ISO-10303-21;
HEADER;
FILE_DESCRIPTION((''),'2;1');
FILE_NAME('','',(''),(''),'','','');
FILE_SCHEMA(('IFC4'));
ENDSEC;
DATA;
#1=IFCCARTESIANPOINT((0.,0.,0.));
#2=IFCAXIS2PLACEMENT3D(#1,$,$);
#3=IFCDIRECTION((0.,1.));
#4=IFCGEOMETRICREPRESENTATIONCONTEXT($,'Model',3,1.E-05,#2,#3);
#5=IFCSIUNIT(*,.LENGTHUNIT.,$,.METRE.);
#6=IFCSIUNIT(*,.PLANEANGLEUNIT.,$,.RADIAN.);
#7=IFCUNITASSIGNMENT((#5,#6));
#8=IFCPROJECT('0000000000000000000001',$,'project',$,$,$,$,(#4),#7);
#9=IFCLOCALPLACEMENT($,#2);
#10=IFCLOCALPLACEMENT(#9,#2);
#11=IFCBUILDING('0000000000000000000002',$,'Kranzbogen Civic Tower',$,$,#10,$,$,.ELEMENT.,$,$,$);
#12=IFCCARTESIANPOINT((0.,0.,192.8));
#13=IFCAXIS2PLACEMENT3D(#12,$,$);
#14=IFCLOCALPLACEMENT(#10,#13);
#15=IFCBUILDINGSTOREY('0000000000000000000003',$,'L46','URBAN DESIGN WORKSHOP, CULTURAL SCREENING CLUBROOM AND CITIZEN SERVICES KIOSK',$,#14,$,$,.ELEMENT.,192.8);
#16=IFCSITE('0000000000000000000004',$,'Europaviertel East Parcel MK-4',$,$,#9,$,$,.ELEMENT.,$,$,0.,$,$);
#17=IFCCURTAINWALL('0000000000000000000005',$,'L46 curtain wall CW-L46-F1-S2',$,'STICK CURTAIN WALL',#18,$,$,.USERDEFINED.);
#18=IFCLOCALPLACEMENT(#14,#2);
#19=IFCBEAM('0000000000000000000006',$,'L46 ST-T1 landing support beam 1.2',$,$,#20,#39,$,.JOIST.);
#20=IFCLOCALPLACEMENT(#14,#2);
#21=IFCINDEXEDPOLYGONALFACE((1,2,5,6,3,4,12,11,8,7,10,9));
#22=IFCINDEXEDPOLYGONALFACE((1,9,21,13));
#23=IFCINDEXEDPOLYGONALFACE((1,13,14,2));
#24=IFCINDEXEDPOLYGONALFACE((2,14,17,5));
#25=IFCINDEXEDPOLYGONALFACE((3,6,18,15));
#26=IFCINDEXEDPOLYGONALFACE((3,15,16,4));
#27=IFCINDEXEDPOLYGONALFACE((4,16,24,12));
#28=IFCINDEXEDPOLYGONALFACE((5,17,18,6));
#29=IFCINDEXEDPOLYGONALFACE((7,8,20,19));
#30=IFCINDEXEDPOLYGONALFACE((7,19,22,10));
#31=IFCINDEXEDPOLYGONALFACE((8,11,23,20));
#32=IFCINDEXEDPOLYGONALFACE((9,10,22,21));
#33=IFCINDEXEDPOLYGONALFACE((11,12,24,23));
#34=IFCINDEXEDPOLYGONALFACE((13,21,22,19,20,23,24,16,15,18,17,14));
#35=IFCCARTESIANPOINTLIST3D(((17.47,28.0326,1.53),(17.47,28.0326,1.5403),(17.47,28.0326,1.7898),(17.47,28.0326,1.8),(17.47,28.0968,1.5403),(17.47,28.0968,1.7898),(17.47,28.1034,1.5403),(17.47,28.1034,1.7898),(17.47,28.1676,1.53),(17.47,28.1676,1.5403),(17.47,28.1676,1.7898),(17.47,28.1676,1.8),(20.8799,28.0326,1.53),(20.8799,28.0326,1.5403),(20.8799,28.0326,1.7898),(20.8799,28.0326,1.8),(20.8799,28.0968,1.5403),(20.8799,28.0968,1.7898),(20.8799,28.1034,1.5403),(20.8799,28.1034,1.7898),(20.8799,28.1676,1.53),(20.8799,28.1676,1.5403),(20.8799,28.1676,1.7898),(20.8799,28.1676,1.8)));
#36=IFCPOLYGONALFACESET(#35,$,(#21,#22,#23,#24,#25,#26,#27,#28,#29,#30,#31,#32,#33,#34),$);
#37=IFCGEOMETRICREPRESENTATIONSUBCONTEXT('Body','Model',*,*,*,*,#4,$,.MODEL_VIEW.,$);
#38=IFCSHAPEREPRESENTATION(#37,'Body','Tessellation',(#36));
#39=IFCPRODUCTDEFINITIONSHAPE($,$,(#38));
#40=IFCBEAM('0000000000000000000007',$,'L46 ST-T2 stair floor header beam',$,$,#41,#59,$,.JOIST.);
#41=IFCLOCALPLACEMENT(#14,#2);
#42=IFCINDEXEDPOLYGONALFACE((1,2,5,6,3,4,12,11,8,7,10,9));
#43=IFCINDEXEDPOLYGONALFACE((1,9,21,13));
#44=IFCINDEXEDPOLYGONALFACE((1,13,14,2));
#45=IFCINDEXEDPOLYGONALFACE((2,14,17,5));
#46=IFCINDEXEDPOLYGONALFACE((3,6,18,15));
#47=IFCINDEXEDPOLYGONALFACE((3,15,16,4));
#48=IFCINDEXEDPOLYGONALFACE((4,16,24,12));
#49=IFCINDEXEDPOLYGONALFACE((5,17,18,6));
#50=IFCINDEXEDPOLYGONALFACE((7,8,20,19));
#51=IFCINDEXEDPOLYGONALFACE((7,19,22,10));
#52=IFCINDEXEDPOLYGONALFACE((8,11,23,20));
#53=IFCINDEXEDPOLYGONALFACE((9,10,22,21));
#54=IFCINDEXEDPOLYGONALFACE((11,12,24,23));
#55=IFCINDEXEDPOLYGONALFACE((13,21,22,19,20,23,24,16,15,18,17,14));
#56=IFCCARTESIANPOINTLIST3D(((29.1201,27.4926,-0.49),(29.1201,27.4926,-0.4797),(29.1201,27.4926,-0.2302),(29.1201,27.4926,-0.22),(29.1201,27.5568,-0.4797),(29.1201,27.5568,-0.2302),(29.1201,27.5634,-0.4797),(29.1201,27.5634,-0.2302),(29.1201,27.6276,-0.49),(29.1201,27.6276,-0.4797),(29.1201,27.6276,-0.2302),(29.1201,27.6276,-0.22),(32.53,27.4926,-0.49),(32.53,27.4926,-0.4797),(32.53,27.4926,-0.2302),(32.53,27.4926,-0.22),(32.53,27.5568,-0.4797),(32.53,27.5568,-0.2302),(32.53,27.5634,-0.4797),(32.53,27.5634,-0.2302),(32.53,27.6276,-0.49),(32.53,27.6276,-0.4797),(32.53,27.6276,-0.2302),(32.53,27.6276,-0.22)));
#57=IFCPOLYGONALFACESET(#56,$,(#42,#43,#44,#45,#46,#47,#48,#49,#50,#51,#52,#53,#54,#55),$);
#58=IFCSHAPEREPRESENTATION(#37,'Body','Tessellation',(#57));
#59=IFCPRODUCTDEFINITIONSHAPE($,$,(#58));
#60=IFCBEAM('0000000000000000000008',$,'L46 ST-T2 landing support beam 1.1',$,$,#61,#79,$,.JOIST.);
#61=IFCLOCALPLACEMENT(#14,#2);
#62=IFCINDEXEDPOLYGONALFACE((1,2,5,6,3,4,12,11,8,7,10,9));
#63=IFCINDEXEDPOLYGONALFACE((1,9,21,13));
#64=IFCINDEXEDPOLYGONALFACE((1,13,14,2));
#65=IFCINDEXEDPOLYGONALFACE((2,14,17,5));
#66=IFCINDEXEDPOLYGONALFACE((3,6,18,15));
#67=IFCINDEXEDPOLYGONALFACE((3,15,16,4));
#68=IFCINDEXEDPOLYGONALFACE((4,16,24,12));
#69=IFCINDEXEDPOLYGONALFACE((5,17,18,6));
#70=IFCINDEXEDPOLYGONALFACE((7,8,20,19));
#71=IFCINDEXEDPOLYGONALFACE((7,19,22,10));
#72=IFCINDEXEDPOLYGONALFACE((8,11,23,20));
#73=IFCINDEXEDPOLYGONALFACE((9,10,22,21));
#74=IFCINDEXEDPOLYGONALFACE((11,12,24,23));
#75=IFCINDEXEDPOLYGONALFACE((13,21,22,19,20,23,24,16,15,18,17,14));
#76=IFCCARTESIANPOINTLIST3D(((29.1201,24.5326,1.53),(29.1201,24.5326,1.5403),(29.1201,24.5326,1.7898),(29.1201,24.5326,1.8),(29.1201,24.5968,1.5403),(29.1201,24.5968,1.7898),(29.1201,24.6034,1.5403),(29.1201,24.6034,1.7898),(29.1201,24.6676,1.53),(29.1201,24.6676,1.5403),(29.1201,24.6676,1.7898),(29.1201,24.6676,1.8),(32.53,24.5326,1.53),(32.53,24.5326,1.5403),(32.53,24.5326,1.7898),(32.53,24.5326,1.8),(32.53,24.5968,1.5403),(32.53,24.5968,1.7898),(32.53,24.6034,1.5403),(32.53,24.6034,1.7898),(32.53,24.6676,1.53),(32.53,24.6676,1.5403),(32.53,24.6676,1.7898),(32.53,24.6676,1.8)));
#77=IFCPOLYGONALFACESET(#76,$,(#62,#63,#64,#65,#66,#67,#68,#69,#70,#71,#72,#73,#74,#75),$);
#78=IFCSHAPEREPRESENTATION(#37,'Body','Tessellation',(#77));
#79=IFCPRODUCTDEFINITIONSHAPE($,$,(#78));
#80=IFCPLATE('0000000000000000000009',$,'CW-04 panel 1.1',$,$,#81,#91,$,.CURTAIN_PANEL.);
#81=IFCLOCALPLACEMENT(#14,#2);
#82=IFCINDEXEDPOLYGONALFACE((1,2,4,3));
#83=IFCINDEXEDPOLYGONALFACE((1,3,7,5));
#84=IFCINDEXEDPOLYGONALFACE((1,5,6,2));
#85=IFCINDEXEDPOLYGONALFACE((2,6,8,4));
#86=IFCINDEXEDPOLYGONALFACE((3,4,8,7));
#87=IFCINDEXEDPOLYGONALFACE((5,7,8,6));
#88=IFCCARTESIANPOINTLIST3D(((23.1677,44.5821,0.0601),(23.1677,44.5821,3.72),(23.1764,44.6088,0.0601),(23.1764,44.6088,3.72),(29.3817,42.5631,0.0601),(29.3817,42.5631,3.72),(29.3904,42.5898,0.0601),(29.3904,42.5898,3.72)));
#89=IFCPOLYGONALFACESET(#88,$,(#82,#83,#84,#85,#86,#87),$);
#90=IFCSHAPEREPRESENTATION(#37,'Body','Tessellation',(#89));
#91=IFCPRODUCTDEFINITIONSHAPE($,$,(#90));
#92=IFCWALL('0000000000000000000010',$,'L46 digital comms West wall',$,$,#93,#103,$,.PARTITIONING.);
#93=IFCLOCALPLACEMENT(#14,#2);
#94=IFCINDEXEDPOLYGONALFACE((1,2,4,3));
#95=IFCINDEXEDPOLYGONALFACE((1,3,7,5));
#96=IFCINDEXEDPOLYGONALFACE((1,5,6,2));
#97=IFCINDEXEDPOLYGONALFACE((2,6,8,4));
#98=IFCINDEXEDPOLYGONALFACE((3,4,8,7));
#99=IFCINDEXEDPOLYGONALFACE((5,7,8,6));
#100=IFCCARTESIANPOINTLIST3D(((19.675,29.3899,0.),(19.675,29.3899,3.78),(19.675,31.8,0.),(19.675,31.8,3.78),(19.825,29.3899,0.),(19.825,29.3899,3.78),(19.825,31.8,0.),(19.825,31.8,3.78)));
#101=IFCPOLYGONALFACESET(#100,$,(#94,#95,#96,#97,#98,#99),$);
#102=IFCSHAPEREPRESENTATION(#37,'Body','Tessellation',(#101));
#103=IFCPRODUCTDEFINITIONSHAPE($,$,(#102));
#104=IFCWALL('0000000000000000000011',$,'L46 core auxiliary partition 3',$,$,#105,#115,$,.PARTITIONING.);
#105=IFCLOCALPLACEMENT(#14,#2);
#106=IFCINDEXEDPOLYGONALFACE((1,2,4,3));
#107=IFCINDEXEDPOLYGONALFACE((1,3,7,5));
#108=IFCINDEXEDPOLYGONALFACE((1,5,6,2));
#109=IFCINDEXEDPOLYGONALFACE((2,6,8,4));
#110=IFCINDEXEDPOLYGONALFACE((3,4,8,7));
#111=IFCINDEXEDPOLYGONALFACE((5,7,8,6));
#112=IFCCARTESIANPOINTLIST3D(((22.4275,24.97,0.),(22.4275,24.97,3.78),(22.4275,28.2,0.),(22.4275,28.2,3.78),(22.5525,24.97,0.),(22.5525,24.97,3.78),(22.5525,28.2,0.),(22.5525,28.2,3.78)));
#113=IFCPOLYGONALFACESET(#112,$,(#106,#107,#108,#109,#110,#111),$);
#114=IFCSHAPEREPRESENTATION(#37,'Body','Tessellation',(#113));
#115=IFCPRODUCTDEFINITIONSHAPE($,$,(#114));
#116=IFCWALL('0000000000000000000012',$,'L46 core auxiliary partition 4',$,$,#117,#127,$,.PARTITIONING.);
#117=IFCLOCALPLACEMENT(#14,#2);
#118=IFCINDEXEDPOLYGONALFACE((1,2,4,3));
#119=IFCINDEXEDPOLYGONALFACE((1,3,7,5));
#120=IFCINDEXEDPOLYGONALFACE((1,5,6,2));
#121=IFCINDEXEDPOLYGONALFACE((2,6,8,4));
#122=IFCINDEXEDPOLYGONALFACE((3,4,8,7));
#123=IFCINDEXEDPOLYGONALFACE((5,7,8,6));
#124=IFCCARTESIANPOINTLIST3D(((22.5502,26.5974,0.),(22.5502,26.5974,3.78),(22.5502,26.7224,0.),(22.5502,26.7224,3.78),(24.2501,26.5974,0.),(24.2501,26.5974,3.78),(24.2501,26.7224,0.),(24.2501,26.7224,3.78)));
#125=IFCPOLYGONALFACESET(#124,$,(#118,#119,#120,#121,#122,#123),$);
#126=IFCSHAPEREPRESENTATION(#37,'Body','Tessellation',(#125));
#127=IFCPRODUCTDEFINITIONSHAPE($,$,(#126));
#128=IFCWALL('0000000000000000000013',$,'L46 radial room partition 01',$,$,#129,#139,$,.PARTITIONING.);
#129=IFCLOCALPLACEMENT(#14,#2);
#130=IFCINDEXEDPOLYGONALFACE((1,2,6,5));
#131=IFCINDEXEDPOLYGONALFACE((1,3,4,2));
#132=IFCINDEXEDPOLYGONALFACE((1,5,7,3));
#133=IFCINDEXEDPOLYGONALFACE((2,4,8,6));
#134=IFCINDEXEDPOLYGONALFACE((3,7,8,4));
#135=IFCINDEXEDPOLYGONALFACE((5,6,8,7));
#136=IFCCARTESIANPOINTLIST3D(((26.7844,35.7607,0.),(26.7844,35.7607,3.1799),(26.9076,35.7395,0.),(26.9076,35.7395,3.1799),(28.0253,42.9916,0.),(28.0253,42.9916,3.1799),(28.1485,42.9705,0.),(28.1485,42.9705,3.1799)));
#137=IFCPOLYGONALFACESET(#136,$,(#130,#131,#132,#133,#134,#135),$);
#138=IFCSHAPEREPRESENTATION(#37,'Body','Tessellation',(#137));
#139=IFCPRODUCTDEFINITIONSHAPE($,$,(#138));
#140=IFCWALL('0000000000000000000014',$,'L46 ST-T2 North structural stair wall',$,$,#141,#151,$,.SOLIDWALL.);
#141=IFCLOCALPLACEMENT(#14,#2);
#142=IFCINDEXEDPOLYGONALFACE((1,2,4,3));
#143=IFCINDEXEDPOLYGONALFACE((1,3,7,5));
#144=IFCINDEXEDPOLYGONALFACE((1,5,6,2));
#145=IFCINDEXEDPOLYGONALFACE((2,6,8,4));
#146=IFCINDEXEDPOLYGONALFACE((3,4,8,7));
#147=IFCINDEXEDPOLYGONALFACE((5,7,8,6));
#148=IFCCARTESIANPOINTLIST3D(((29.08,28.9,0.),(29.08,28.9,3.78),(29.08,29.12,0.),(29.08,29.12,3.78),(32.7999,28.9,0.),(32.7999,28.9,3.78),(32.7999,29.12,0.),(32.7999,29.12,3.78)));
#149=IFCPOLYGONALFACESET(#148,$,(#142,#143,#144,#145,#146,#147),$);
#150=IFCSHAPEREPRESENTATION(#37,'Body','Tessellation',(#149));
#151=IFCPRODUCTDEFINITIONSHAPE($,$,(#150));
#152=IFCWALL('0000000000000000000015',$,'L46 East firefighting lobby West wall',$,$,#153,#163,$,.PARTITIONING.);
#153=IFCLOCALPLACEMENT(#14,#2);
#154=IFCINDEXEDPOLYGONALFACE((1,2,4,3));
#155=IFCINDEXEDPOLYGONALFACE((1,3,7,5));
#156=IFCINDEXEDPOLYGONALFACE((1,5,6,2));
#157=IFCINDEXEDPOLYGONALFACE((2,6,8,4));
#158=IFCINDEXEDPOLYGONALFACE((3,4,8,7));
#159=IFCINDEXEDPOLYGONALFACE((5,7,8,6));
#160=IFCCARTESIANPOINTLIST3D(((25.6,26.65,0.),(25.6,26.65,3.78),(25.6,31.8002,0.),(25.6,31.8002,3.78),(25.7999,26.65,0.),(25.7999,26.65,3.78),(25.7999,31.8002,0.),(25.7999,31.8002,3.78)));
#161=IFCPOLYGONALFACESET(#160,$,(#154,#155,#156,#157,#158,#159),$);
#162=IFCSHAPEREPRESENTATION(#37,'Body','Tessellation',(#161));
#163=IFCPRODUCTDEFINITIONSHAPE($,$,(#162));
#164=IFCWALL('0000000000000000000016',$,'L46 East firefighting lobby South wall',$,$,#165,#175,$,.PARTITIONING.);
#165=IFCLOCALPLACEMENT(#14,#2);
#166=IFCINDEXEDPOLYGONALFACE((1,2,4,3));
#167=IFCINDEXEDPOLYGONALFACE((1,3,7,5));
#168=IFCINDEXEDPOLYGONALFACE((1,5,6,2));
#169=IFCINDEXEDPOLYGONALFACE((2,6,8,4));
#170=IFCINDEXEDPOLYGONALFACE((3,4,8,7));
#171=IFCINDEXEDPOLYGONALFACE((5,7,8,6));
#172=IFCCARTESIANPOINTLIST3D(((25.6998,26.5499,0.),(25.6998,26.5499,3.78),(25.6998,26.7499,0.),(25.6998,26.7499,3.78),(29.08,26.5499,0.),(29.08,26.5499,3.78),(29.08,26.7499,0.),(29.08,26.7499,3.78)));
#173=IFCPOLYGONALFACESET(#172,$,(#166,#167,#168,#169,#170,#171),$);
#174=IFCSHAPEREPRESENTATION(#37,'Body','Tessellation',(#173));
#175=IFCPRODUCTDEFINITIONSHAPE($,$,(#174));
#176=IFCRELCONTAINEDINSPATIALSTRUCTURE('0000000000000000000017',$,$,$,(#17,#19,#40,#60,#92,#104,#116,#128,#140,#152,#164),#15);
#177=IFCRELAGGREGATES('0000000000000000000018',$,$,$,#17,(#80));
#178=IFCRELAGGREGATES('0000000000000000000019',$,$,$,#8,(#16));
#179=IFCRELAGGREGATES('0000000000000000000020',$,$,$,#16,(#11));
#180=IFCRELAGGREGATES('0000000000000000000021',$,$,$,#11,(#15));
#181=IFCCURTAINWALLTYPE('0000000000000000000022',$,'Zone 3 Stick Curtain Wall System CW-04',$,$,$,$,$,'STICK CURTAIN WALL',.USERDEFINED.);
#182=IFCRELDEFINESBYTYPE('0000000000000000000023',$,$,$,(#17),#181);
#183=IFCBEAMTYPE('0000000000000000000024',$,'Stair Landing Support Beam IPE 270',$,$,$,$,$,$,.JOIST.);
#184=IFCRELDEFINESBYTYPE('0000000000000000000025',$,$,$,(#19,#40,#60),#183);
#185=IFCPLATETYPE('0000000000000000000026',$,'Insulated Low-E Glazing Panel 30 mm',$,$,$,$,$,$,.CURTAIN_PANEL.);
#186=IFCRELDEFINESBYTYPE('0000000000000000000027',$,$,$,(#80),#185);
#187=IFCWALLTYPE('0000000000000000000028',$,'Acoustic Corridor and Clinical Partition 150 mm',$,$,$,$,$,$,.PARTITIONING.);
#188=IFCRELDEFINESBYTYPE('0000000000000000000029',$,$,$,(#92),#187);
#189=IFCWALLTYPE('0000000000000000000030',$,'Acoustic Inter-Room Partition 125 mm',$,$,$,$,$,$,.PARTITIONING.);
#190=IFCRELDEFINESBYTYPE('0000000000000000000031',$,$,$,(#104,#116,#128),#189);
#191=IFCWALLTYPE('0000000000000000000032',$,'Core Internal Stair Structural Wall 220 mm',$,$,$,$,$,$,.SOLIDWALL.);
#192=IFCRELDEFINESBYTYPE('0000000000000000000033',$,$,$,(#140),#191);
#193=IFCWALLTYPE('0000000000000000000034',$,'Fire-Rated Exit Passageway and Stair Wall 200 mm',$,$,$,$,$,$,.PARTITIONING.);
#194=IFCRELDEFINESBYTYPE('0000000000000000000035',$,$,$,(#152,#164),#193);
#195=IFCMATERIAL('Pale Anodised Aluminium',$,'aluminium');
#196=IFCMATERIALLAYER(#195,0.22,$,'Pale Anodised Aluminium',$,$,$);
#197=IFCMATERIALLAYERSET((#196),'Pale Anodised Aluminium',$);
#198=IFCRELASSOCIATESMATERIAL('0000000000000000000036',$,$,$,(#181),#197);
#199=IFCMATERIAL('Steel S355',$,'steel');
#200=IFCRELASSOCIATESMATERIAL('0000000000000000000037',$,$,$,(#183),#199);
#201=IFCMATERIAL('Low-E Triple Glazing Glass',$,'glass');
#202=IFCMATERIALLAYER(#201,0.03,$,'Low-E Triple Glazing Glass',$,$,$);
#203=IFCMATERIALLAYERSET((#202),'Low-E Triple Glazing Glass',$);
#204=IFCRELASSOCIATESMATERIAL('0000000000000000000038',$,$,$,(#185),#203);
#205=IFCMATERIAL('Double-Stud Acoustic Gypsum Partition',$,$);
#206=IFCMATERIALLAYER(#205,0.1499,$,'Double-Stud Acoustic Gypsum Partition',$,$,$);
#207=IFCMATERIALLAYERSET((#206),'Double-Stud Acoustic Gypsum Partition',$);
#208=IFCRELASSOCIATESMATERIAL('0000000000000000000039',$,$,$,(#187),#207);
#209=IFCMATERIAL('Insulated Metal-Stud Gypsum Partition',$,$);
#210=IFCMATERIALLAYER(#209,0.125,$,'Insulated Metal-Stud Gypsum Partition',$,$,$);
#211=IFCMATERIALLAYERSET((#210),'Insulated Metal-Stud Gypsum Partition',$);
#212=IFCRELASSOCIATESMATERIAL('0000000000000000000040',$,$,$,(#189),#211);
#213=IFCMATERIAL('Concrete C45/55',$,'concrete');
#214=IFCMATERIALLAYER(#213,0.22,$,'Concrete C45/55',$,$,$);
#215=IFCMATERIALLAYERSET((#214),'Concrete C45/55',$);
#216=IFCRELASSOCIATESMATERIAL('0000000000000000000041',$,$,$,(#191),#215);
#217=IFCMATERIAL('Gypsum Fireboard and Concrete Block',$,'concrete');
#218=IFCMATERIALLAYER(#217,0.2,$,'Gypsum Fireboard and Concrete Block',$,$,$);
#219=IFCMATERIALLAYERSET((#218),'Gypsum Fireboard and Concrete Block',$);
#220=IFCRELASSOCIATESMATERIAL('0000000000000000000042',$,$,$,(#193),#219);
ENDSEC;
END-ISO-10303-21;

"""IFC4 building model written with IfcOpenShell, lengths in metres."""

from ifc_helpers import new_model, si_unit, direction, frame, frame_2d, origin, origin_2d, place, context, subcontext, project, spatial, rectangle, i_section, extrude, material, layer, layer_set, material_profile, profile_set, type_object, element, aggregate, save


model = new_model("IFC4")

# Units and contexts
model_context = context("Model", 3, precision=1e-05, world=origin(), true_north=direction((0.0, 1.0)))
body_context = subcontext(model_context, "Body", "Model", "MODEL_VIEW")
ifc_project = project(units=[si_unit("LENGTHUNIT", "METRE"), si_unit("PLANEANGLEUNIT", "RADIAN")], contexts=[model_context])

# Site, building, storey
site_placement = place(None, origin())
site = spatial("IfcSite", under=ifc_project, at=site_placement, Name="Europaviertel East Parcel MK-4", CompositionType="ELEMENT", RefElevation=0.0)
building_placement = place(site_placement, origin())
building = spatial("IfcBuilding", under=site, at=building_placement, Name="Kranzbogen Civic Tower", CompositionType="ELEMENT")
storey_placement = place(building_placement, frame((0.0, 0.0, 192.8)))
storey = spatial("IfcBuildingStorey", under=building, at=storey_placement, Name="L46", Description="URBAN DESIGN WORKSHOP, CULTURAL SCREENING CLUBROOM AND CITIZEN SERVICES KIOSK", CompositionType="ELEMENT", Elevation=192.8)

# Shared definitions
ifc_material_1 = material(Name="Steel S355", Category="steel")

# Curtain wall
ifc_material_2 = material(Name="Pale Anodised Aluminium", Category="aluminium")
ifc_layer_1 = layer(ifc_material_2, 0.22, Name="Pale Anodised Aluminium")
ifc_layer_set_1 = layer_set([ifc_layer_1], Name="Pale Anodised Aluminium")
curtain_wall_type = type_object("IfcCurtainWallType", Name="Zone 3 Stick Curtain Wall System CW-04", ElementType="STICK CURTAIN WALL", PredefinedType="USERDEFINED", material=ifc_layer_set_1)
curtain_wall_placement = place(storey_placement, origin())
curtain_wall = element("IfcCurtainWall", 1, at=curtain_wall_placement, inside=storey, type_object=curtain_wall_type, Name="L46 curtain wall CW-L46-F1-S2", ObjectType="STICK CURTAIN WALL", PredefinedType="USERDEFINED")

# Beams
ifc_material_profile_1 = material_profile(ifc_material_1, i_section(OverallWidth=0.135, OverallDepth=0.27, WebThickness=0.0066, FlangeThickness=0.0103, at=origin_2d()), Name="IPE 270")
ifc_profile_set_1 = profile_set([ifc_material_profile_1], Name="Steel S355")
beam_type_1 = type_object("IfcBeamType", Name="Stair Landing Support Beam IPE 270", PredefinedType="JOIST", material=ifc_profile_set_1)
for number, where, z_axis, x_axis, name in (
    (2, (20.8799, 28.1001, 1.665), (-1.0, 0.0, 0.0), (0.0, -1.0, 0.0), "L46 ST-T1 landing support beam 1.2"),
    (3, (29.1201, 27.5601, -0.355), (1.0, 0.0, 0.0), (0.0, 1.0, 0.0), "L46 ST-T2 stair floor header beam"),
    (4, (29.1201, 24.6001, 1.665), (1.0, 0.0, 0.0), (0.0, 1.0, 0.0), "L46 ST-T2 landing support beam 1.1"),
):
    element("IfcBeam", number, at=place(storey_placement, frame(where, z_axis=z_axis, x_axis=x_axis)), inside=storey, type_object=beam_type_1, Name=name, PredefinedType="JOIST", context=body_context, shape_type="SweptSolid", body=[
        extrude(i_section(OverallWidth=0.135, OverallDepth=0.27, WebThickness=0.0066, FlangeThickness=0.0103, at=origin_2d()), origin(), (0.0, 0.0, 1.0), 3.4099),
    ])

# Plate
ifc_material_3 = material(Name="Low-E Triple Glazing Glass", Category="glass")
ifc_layer_2 = layer(ifc_material_3, 0.03, Name="Low-E Triple Glazing Glass")
ifc_layer_set_2 = layer_set([ifc_layer_2], Name="Low-E Triple Glazing Glass")
plate_type = type_object("IfcPlateType", Name="Insulated Low-E Glazing Panel 30 mm", PredefinedType="CURTAIN_PANEL", material=ifc_layer_set_2)
plate_placement = place(storey_placement, frame((26.2791, 43.5859, 0.0601), z_axis=(0.0, 0.0, 1.0), x_axis=(-0.951061, 0.309005, 0.0)))
plate = element("IfcPlate", 5, at=plate_placement, type_object=plate_type, Name="CW-04 panel 1.1", PredefinedType="CURTAIN_PANEL", context=body_context, shape_type="SweptSolid", body=[
    extrude(rectangle(XDim=6.5337, YDim=0.0281, at=origin_2d()), origin(), (0.0, 0.0, 1.0), 3.6599),
])
aggregate(curtain_wall, [plate])

# Wall
ifc_material_4 = material(Name="Double-Stud Acoustic Gypsum Partition")
ifc_layer_3 = layer(ifc_material_4, 0.1499, Name="Double-Stud Acoustic Gypsum Partition")
ifc_layer_set_3 = layer_set([ifc_layer_3], Name="Double-Stud Acoustic Gypsum Partition")
wall_type_1 = type_object("IfcWallType", Name="Acoustic Corridor and Clinical Partition 150 mm", PredefinedType="PARTITIONING", material=ifc_layer_set_3)
wall_1_placement = place(storey_placement, frame((19.75, 29.3899, 0.0), z_axis=(0.0, 0.0, 1.0), x_axis=(0.0, 1.0, 0.0)))
element("IfcWall", 6, at=wall_1_placement, inside=storey, type_object=wall_type_1, Name="L46 digital comms West wall", PredefinedType="PARTITIONING", context=body_context, shape_type="SweptSolid", body=[
    extrude(rectangle(XDim=2.4102, YDim=0.1499, at=frame_2d((1.2051, 0.0))), origin(), (0.0, 0.0, 1.0), 3.78),
])

# Shared definitions
ifc_material_5 = material(Name="Insulated Metal-Stud Gypsum Partition")
ifc_layer_4 = layer(ifc_material_5, 0.125, Name="Insulated Metal-Stud Gypsum Partition")
ifc_layer_set_4 = layer_set([ifc_layer_4], Name="Insulated Metal-Stud Gypsum Partition")
wall_type_2 = type_object("IfcWallType", Name="Acoustic Inter-Room Partition 125 mm", PredefinedType="PARTITIONING", material=ifc_layer_set_4)

# Walls
wall_2_placement = place(storey_placement, frame((22.49, 24.97, 0.0), z_axis=(0.0, 0.0, 1.0), x_axis=(0.0, 1.0, 0.0)))
element("IfcWall", 7, at=wall_2_placement, inside=storey, type_object=wall_type_2, Name="L46 core auxiliary partition 3", PredefinedType="PARTITIONING", context=body_context, shape_type="SweptSolid", body=[
    extrude(rectangle(XDim=3.23, YDim=0.125, at=frame_2d((1.615, 0.0))), origin(), (0.0, 0.0, 1.0), 3.78),
])
wall_3_placement = place(storey_placement, frame((22.55, 26.6599, 0.0), z_axis=(0.0, 0.0, 1.0), x_axis=(1.0, 0.0, 0.0)))
element("IfcWall", 8, at=wall_3_placement, inside=storey, type_object=wall_type_2, Name="L46 core auxiliary partition 4", PredefinedType="PARTITIONING", context=body_context, shape_type="SweptSolid", body=[
    extrude(rectangle(XDim=1.7, YDim=0.125, at=frame_2d((0.8501, 0.0))), origin(), (0.0, 0.0, 1.0), 3.78),
])
wall_4_placement = place(storey_placement, frame((26.8459, 35.75, 0.0), z_axis=(0.0, 0.0, 1.0), x_axis=(0.169146, 0.985591, 0.0)))
element("IfcWall", 9, at=wall_4_placement, inside=storey, type_object=wall_type_2, Name="L46 radial room partition 01", PredefinedType="PARTITIONING", context=body_context, shape_type="SweptSolid", body=[
    extrude(rectangle(XDim=7.3367, YDim=0.125, at=frame_2d((3.6685, 0.0))), origin(), (0.0, 0.0, 1.0), 3.1799),
])
ifc_material_6 = material(Name="Concrete C45/55", Category="concrete")
ifc_layer_5 = layer(ifc_material_6, 0.22, Name="Concrete C45/55")
ifc_layer_set_5 = layer_set([ifc_layer_5], Name="Concrete C45/55")
wall_type_3 = type_object("IfcWallType", Name="Core Internal Stair Structural Wall 220 mm", PredefinedType="SOLIDWALL", material=ifc_layer_set_5)
wall_5_placement = place(storey_placement, frame((29.0801, 29.01, 0.0), z_axis=(0.0, 0.0, 1.0), x_axis=(1.0, 0.0, 0.0)))
element("IfcWall", 10, at=wall_5_placement, inside=storey, type_object=wall_type_3, Name="L46 ST-T2 North structural stair wall", PredefinedType="SOLIDWALL", context=body_context, shape_type="SweptSolid", body=[
    extrude(rectangle(XDim=3.72, YDim=0.22, at=frame_2d((1.8599, 0.0))), origin(), (0.0, 0.0, 1.0), 3.78),
])
ifc_material_7 = material(Name="Gypsum Fireboard and Concrete Block", Category="concrete")
ifc_layer_6 = layer(ifc_material_7, 0.2, Name="Gypsum Fireboard and Concrete Block")
ifc_layer_set_6 = layer_set([ifc_layer_6], Name="Gypsum Fireboard and Concrete Block")
wall_type_4 = type_object("IfcWallType", Name="Fire-Rated Exit Passageway and Stair Wall 200 mm", PredefinedType="PARTITIONING", material=ifc_layer_set_6)
wall_6_placement = place(storey_placement, frame((25.7, 26.6499, 0.0), z_axis=(0.0, 0.0, 1.0), x_axis=(0.0, 1.0, 0.0)))
element("IfcWall", 11, at=wall_6_placement, inside=storey, type_object=wall_type_4, Name="L46 East firefighting lobby West wall", PredefinedType="PARTITIONING", context=body_context, shape_type="SweptSolid", body=[
    extrude(rectangle(XDim=5.1501, YDim=0.2, at=frame_2d((2.5752, 0.0))), origin(), (0.0, 0.0, 1.0), 3.78),
])
wall_7_placement = place(storey_placement, frame((25.7, 26.6499, 0.0), z_axis=(0.0, 0.0, 1.0), x_axis=(1.0, 0.0, 0.0)))
element("IfcWall", 12, at=wall_7_placement, inside=storey, type_object=wall_type_4, Name="L46 East firefighting lobby South wall", PredefinedType="PARTITIONING", context=body_context, shape_type="SweptSolid", body=[
    extrude(rectangle(XDim=3.3801, YDim=0.2, at=frame_2d((1.6899, 0.0))), origin(), (0.0, 0.0, 1.0), 3.78),
])

save(model, "model.ifc")
